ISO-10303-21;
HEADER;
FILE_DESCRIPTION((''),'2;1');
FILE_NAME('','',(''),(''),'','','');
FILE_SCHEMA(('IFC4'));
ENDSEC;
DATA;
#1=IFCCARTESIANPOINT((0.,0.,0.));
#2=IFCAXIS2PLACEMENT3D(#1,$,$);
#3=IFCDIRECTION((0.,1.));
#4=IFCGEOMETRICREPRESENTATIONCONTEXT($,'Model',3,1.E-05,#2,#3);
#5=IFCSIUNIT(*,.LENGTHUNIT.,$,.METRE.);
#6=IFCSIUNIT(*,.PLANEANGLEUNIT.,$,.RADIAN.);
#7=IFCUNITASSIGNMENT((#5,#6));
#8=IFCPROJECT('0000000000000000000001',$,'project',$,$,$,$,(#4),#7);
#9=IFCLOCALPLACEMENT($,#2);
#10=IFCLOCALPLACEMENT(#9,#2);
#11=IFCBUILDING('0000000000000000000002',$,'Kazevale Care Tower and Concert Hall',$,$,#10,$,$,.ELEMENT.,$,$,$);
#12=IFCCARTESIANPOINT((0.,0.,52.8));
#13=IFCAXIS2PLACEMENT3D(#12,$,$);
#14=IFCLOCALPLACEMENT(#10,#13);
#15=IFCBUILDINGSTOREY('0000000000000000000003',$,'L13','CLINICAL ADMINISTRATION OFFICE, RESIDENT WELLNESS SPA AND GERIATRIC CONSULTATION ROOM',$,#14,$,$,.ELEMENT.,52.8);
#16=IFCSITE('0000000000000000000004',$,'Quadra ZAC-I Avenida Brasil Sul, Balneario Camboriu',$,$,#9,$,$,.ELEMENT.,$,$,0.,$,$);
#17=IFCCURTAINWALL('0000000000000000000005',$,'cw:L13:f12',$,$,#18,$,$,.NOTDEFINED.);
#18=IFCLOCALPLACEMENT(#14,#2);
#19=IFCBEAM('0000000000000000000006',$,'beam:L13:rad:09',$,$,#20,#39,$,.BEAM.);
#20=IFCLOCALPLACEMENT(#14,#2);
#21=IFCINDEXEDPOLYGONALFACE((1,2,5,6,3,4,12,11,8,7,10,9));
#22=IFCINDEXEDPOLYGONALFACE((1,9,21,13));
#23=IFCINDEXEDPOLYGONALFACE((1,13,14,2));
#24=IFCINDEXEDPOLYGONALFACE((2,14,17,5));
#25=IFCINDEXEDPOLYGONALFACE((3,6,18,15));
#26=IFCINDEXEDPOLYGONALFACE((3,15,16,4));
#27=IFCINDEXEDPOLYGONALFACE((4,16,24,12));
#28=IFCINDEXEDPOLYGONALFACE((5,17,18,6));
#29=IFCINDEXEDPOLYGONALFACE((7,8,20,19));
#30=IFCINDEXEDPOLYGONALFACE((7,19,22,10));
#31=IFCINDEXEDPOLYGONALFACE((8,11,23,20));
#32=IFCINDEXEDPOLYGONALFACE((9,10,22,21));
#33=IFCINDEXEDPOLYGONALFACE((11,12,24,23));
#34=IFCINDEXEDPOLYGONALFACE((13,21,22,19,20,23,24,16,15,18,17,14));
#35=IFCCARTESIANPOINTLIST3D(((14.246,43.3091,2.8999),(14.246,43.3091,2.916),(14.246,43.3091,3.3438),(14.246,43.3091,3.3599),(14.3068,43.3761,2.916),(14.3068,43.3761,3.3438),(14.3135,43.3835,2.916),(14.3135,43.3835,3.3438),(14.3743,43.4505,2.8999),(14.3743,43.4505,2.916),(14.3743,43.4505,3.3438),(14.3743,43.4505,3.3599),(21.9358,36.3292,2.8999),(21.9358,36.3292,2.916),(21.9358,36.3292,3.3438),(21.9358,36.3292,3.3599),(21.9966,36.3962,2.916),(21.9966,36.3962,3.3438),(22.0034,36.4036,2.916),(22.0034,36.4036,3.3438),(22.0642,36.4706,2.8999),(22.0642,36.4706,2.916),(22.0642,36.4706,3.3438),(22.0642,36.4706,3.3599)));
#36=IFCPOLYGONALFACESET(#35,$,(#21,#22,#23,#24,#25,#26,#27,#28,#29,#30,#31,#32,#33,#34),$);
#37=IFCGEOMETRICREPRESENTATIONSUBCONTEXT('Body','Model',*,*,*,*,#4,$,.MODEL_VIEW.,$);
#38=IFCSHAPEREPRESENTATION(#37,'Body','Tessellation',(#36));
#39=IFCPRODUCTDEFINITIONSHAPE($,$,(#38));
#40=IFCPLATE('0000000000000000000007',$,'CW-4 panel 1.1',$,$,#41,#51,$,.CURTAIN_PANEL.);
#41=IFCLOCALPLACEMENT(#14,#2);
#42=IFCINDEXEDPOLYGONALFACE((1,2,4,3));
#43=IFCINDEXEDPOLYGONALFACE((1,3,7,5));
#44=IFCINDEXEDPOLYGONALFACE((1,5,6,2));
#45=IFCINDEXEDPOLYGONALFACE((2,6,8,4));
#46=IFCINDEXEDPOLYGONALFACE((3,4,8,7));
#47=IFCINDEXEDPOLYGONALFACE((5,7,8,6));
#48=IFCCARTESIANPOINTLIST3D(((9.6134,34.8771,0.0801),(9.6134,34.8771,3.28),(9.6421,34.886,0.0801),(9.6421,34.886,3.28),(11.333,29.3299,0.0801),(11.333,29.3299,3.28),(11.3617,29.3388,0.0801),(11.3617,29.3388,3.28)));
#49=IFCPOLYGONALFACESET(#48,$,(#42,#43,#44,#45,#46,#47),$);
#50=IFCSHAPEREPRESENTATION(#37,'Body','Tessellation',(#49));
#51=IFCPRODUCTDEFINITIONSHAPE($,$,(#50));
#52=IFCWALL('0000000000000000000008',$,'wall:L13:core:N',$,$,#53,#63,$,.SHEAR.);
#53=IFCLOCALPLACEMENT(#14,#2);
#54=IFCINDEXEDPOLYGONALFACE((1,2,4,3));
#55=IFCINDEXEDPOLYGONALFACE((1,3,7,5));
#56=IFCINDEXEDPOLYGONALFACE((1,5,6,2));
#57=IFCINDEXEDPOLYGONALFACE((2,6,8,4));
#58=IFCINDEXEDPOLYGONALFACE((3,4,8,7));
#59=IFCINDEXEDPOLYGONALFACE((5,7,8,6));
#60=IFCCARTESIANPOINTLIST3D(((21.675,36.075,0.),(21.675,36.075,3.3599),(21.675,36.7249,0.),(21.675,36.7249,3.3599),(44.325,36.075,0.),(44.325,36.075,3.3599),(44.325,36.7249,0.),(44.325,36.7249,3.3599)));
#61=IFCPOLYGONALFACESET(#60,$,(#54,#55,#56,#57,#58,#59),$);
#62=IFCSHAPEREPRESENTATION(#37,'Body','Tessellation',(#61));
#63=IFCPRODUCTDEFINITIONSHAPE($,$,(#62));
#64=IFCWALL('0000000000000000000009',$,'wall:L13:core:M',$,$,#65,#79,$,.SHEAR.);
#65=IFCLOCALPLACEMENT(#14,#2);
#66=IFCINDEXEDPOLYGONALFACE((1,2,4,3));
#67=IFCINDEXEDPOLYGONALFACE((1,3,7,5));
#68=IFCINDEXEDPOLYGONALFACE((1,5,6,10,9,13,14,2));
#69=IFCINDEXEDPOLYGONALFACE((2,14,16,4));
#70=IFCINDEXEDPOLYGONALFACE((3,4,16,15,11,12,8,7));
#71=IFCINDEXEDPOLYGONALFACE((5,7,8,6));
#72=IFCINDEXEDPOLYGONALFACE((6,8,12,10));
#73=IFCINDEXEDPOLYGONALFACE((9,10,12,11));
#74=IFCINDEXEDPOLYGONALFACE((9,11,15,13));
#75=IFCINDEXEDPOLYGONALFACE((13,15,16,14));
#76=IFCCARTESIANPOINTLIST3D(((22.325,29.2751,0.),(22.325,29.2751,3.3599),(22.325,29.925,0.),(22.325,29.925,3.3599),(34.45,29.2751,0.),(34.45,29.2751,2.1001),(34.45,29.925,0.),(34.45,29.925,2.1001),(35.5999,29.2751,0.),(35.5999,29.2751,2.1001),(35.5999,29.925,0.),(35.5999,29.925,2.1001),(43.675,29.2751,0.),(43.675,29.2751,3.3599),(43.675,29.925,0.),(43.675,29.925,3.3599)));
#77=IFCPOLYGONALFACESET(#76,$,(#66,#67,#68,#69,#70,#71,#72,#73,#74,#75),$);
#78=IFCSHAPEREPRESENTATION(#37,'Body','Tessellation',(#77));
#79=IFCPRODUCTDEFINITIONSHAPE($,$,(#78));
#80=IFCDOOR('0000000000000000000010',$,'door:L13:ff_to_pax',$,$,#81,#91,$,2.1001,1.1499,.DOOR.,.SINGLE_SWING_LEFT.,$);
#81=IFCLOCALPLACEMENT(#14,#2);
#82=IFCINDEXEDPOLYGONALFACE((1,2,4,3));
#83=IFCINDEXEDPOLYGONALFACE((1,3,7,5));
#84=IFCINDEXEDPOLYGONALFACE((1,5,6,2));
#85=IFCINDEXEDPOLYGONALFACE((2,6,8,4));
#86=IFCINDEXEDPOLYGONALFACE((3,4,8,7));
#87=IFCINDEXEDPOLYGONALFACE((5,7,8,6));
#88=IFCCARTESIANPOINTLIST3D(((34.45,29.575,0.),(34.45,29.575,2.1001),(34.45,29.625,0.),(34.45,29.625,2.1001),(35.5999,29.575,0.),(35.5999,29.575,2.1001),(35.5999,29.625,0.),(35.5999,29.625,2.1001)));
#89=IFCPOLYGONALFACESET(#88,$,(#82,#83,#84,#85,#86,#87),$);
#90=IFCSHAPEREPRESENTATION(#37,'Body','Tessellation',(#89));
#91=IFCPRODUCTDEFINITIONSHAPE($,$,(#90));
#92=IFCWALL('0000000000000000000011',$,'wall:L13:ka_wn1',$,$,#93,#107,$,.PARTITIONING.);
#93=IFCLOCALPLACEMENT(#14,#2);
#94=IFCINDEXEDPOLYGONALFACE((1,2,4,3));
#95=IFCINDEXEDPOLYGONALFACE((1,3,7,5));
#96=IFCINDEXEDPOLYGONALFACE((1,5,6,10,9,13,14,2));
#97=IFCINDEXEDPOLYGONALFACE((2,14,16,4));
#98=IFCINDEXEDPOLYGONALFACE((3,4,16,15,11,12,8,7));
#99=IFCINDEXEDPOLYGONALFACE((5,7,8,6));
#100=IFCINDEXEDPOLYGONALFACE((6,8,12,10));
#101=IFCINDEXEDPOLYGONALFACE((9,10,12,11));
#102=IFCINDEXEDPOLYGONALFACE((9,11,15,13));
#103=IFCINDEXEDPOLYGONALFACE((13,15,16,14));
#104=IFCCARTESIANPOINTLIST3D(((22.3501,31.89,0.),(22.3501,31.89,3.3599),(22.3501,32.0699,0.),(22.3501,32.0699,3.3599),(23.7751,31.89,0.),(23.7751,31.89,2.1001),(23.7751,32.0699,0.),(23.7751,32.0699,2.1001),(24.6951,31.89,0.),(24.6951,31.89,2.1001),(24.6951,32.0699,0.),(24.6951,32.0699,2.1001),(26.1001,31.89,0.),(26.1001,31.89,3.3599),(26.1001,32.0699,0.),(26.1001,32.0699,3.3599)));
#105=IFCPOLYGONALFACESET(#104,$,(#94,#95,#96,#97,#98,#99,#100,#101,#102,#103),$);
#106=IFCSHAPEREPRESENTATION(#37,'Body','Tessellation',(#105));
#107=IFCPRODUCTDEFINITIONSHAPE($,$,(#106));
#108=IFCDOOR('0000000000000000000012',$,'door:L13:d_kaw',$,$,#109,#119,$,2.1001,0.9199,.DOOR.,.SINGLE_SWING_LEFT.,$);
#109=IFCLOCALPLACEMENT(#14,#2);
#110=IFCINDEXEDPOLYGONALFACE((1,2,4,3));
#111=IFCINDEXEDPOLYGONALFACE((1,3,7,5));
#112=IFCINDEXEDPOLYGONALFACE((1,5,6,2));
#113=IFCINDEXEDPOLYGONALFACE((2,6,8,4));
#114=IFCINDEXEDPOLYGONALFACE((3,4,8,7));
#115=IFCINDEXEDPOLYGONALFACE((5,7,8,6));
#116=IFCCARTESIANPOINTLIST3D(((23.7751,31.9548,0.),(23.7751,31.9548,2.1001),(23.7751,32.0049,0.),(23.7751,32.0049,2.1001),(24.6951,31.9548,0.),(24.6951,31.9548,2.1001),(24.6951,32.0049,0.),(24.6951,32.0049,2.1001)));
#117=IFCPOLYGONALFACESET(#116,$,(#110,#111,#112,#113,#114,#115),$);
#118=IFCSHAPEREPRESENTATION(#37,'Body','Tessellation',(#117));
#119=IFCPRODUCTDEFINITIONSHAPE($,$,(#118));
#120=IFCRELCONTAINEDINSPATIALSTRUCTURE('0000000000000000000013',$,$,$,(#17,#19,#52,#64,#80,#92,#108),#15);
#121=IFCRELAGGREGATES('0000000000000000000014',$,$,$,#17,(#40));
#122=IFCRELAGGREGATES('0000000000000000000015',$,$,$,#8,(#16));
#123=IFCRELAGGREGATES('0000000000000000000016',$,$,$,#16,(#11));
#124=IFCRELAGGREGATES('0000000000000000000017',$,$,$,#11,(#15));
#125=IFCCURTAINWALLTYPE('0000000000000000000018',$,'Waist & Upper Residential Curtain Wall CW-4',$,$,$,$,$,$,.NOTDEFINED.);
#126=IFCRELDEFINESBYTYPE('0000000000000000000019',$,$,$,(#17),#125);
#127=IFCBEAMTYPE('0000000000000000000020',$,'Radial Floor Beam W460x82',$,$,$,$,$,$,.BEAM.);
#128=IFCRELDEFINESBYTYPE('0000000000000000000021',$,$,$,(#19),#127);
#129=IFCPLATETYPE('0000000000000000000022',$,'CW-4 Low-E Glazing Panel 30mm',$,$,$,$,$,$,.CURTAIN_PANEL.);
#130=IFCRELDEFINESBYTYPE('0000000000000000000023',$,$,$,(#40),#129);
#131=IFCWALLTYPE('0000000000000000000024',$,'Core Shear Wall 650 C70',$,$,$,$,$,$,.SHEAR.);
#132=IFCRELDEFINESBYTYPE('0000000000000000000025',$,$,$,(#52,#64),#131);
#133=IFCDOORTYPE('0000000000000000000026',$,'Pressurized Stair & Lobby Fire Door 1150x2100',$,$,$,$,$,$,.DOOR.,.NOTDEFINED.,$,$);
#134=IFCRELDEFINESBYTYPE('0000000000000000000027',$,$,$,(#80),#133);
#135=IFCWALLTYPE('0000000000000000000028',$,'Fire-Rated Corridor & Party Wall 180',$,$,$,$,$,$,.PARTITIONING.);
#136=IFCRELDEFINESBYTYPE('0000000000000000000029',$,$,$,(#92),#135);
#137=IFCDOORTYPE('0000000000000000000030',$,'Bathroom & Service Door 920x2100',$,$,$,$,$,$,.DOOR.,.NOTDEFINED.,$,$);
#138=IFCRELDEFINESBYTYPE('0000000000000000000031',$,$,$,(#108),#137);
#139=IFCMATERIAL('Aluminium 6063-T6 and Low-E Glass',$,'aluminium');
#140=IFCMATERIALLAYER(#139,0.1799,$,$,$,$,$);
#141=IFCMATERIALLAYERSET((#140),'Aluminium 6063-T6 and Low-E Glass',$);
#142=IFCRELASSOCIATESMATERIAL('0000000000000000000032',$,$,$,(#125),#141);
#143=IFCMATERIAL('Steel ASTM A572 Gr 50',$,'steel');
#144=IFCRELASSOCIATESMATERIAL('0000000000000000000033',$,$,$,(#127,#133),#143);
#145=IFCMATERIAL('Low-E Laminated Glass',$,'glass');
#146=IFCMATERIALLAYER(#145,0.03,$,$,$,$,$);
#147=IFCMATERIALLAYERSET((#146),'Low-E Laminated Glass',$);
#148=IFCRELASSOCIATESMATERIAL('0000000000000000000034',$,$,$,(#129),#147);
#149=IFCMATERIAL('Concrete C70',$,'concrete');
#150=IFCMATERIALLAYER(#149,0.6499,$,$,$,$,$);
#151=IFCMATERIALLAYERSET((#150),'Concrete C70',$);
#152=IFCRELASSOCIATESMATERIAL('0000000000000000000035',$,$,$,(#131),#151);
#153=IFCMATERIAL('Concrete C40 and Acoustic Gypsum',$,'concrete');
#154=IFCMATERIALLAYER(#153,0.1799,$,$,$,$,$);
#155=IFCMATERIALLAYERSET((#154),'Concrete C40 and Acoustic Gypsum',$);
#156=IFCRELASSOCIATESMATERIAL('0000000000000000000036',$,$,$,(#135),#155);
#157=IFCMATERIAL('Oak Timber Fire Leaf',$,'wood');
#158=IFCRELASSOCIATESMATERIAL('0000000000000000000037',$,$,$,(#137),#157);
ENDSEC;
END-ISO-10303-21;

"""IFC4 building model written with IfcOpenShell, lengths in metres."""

from ifc_helpers import new_model, si_unit, direction, frame, frame_2d, origin, origin_2d, place, context, subcontext, project, spatial, rectangle, i_section, extrude, material, layer, layer_set, material_profile, profile_set, type_object, element, fill, aggregate, save


model = new_model("IFC4")

# Units and contexts
model_context = context("Model", 3, precision=1e-05, world=origin(), true_north=direction((0.0, 1.0)))
body_context = subcontext(model_context, "Body", "Model", "MODEL_VIEW")
ifc_project = project(units=[si_unit("LENGTHUNIT", "METRE"), si_unit("PLANEANGLEUNIT", "RADIAN")], contexts=[model_context])

# Site, building, storey
site_placement = place(None, origin())
site = spatial("IfcSite", under=ifc_project, at=site_placement, Name="Quadra ZAC-I Avenida Brasil Sul, Balneario Camboriu", CompositionType="ELEMENT", RefElevation=0.0)
building_placement = place(site_placement, origin())
building = spatial("IfcBuilding", under=site, at=building_placement, Name="Kazevale Care Tower and Concert Hall", CompositionType="ELEMENT")
storey_placement = place(building_placement, frame((0.0, 0.0, 52.8)))
storey = spatial("IfcBuildingStorey", under=building, at=storey_placement, Name="L13", Description="CLINICAL ADMINISTRATION OFFICE, RESIDENT WELLNESS SPA AND GERIATRIC CONSULTATION ROOM", CompositionType="ELEMENT", Elevation=52.8)

# Shared definitions
ifc_material_1 = material(Name="Concrete C70", Category="concrete")

# Curtain wall
ifc_material_2 = material(Name="Aluminium 6063-T6 and Low-E Glass", Category="aluminium")
ifc_layer_1 = layer(ifc_material_2, 0.1799)
ifc_layer_set_1 = layer_set([ifc_layer_1], Name="Aluminium 6063-T6 and Low-E Glass")
curtain_wall_type = type_object("IfcCurtainWallType", Name="Waist & Upper Residential Curtain Wall CW-4", PredefinedType="NOTDEFINED", material=ifc_layer_set_1)
curtain_wall_1_placement = place(storey_placement, origin())
curtain_wall_1 = element("IfcCurtainWall", 1, at=curtain_wall_1_placement, inside=storey, type_object=curtain_wall_type, Name="cw:L13:f12", PredefinedType="NOTDEFINED")

# Beam
ifc_material_3 = material(Name="Steel ASTM A572 Gr 50", Category="steel")
ifc_material_profile_1 = material_profile(ifc_material_3, i_section(OverallWidth=0.1909, OverallDepth=0.46, WebThickness=0.01, FlangeThickness=0.0161, at=origin_2d()), Name="W460x82")
ifc_profile_set_1 = profile_set([ifc_material_profile_1], Name="Steel ASTM A572 Gr 50")
beam_type_1 = type_object("IfcBeamType", Name="Radial Floor Beam W460x82", PredefinedType="BEAM", material=ifc_profile_set_1)
beam_1_placement = place(storey_placement, frame((22.0, 36.3999, 3.1299), z_axis=(-0.740461, 0.672099, 0.0), x_axis=(-0.672099, -0.740461, 0.0)))
element("IfcBeam", 2, at=beam_1_placement, inside=storey, type_object=beam_type_1, Name="beam:L13:rad:09", PredefinedType="BEAM", context=body_context, shape_type="SweptSolid", body=[
    extrude(i_section(OverallWidth=0.1909, OverallDepth=0.46, WebThickness=0.01, FlangeThickness=0.0161, at=origin_2d()), origin(), (0.0, 0.0, 1.0), 10.3853),
])

# Plate
ifc_material_4 = material(Name="Low-E Laminated Glass", Category="glass")
ifc_layer_2 = layer(ifc_material_4, 0.03)
ifc_layer_set_2 = layer_set([ifc_layer_2], Name="Low-E Laminated Glass")
plate_type = type_object("IfcPlateType", Name="CW-4 Low-E Glazing Panel 30mm", PredefinedType="CURTAIN_PANEL", material=ifc_layer_set_2)
plate_placement = place(storey_placement, frame((10.4875, 32.1079, 0.0801), z_axis=(0.0, 0.0, 1.0), x_axis=(-0.296099, 0.955157, 0.0)))
plate = element("IfcPlate", 3, at=plate_placement, type_object=plate_type, Name="CW-4 panel 1.1", PredefinedType="CURTAIN_PANEL", context=body_context, shape_type="SweptSolid", body=[
    extrude(rectangle(XDim=5.8076, YDim=0.03, at=origin_2d()), origin(), (0.0, 0.0, 1.0), 3.2),
])
aggregate(curtain_wall_1, [plate])

# Wall
ifc_layer_3 = layer(ifc_material_1, 0.6499)
ifc_layer_set_3 = layer_set([ifc_layer_3], Name="Concrete C70")
wall_type_1 = type_object("IfcWallType", Name="Core Shear Wall 650 C70", PredefinedType="SHEAR", material=ifc_layer_set_3)
wall_1_placement = place(storey_placement, frame((21.675, 36.3999, 0.0), z_axis=(0.0, 0.0, 1.0), x_axis=(1.0, 0.0, 0.0)))
element("IfcWall", 4, at=wall_1_placement, inside=storey, type_object=wall_type_1, Name="wall:L13:core:N", PredefinedType="SHEAR", context=body_context, shape_type="SweptSolid", body=[
    extrude(rectangle(XDim=22.6499, YDim=0.6499, at=frame_2d((11.325, 0.0))), origin(), (0.0, 0.0, 1.0), 3.3599),
])

# Walls, openings, doors
wall_2_placement = place(storey_placement, frame((22.325, 29.6001, 0.0), z_axis=(0.0, 0.0, 1.0), x_axis=(1.0, 0.0, 0.0)))
wall_2 = element("IfcWall", 5, at=wall_2_placement, inside=storey, type_object=wall_type_1, Name="wall:L13:core:M", PredefinedType="SHEAR", context=body_context, shape_type="SweptSolid", body=[
    extrude(rectangle(XDim=21.3501, YDim=0.6499, at=frame_2d((10.675, 0.0))), origin(), (0.0, 0.0, 1.0), 3.3599),
])
opening_1_placement = place(wall_2_placement, frame((12.125, 0.0, 0.0)))
opening_1 = element("IfcOpeningElement", 6, at=opening_1_placement, cuts=wall_2, PredefinedType="OPENING", context=body_context, shape_type="SweptSolid", body=[
    extrude(rectangle(XDim=1.1499, YDim=2.1001, at=frame_2d((0.575, 1.05))), frame((0.0, 0.335, 0.0), z_axis=(0.0, -1.0, 0.0), x_axis=(1.0, 0.0, 0.0)), (0.0, 0.0, 1.0), 0.6699),
])
door_type_1 = type_object("IfcDoorType", Name="Pressurized Stair & Lobby Fire Door 1150x2100", OperationType="NOTDEFINED", PredefinedType="DOOR", material=ifc_material_3)
door_1_placement = place(opening_1_placement, origin())
door_1 = element("IfcDoor", 7, at=door_1_placement, inside=storey, type_object=door_type_1, Name="door:L13:ff_to_pax", OperationType="SINGLE_SWING_LEFT", OverallHeight=2.1001, OverallWidth=1.1499, PredefinedType="DOOR", context=body_context, shape_type="SweptSolid", body=[
    extrude(rectangle(XDim=1.1499, YDim=2.1001, at=frame_2d((0.575, 1.05))), frame((0.0, 0.0249, 0.0), z_axis=(0.0, -1.0, 0.0), x_axis=(1.0, 0.0, 0.0)), (0.0, 0.0, 1.0), 0.05),
])
fill(opening_1, door_1)
ifc_material_5 = material(Name="Concrete C40 and Acoustic Gypsum", Category="concrete")
ifc_layer_4 = layer(ifc_material_5, 0.1799)
ifc_layer_set_4 = layer_set([ifc_layer_4], Name="Concrete C40 and Acoustic Gypsum")
wall_type_2 = type_object("IfcWallType", Name="Fire-Rated Corridor & Party Wall 180", PredefinedType="PARTITIONING", material=ifc_layer_set_4)
wall_3_placement = place(storey_placement, frame((22.3501, 31.98, 0.0), z_axis=(0.0, 0.0, 1.0), x_axis=(1.0, 0.0, 0.0)))
wall_3 = element("IfcWall", 8, at=wall_3_placement, inside=storey, type_object=wall_type_2, Name="wall:L13:ka_wn1", PredefinedType="PARTITIONING", context=body_context, shape_type="SweptSolid", body=[
    extrude(rectangle(XDim=3.75, YDim=0.1799, at=frame_2d((1.875, 0.0))), origin(), (0.0, 0.0, 1.0), 3.3599),
])
opening_2_placement = place(wall_3_placement, frame((1.425, 0.0, 0.0)))
opening_2 = element("IfcOpeningElement", 9, at=opening_2_placement, cuts=wall_3, PredefinedType="OPENING", context=body_context, shape_type="SweptSolid", body=[
    extrude(rectangle(XDim=0.9199, YDim=2.1001, at=frame_2d((0.46, 1.05))), frame((0.0, 0.0999, 0.0), z_axis=(0.0, -1.0, 0.0), x_axis=(1.0, 0.0, 0.0)), (0.0, 0.0, 1.0), 0.2),
])
ifc_material_6 = material(Name="Oak Timber Fire Leaf", Category="wood")
door_type_2 = type_object("IfcDoorType", Name="Bathroom & Service Door 920x2100", OperationType="NOTDEFINED", PredefinedType="DOOR", material=ifc_material_6)
door_2_placement = place(opening_2_placement, origin())
door_2 = element("IfcDoor", 10, at=door_2_placement, inside=storey, type_object=door_type_2, Name="door:L13:d_kaw", OperationType="SINGLE_SWING_LEFT", OverallHeight=2.1001, OverallWidth=0.9199, PredefinedType="DOOR", context=body_context, shape_type="SweptSolid", body=[
    extrude(rectangle(XDim=0.9199, YDim=2.1001, at=frame_2d((0.46, 1.05))), frame((0.0, 0.0249, 0.0), z_axis=(0.0, -1.0, 0.0), x_axis=(1.0, 0.0, 0.0)), (0.0, 0.0, 1.0), 0.05),
])
fill(opening_2, door_2)

save(model, "model.ifc")
